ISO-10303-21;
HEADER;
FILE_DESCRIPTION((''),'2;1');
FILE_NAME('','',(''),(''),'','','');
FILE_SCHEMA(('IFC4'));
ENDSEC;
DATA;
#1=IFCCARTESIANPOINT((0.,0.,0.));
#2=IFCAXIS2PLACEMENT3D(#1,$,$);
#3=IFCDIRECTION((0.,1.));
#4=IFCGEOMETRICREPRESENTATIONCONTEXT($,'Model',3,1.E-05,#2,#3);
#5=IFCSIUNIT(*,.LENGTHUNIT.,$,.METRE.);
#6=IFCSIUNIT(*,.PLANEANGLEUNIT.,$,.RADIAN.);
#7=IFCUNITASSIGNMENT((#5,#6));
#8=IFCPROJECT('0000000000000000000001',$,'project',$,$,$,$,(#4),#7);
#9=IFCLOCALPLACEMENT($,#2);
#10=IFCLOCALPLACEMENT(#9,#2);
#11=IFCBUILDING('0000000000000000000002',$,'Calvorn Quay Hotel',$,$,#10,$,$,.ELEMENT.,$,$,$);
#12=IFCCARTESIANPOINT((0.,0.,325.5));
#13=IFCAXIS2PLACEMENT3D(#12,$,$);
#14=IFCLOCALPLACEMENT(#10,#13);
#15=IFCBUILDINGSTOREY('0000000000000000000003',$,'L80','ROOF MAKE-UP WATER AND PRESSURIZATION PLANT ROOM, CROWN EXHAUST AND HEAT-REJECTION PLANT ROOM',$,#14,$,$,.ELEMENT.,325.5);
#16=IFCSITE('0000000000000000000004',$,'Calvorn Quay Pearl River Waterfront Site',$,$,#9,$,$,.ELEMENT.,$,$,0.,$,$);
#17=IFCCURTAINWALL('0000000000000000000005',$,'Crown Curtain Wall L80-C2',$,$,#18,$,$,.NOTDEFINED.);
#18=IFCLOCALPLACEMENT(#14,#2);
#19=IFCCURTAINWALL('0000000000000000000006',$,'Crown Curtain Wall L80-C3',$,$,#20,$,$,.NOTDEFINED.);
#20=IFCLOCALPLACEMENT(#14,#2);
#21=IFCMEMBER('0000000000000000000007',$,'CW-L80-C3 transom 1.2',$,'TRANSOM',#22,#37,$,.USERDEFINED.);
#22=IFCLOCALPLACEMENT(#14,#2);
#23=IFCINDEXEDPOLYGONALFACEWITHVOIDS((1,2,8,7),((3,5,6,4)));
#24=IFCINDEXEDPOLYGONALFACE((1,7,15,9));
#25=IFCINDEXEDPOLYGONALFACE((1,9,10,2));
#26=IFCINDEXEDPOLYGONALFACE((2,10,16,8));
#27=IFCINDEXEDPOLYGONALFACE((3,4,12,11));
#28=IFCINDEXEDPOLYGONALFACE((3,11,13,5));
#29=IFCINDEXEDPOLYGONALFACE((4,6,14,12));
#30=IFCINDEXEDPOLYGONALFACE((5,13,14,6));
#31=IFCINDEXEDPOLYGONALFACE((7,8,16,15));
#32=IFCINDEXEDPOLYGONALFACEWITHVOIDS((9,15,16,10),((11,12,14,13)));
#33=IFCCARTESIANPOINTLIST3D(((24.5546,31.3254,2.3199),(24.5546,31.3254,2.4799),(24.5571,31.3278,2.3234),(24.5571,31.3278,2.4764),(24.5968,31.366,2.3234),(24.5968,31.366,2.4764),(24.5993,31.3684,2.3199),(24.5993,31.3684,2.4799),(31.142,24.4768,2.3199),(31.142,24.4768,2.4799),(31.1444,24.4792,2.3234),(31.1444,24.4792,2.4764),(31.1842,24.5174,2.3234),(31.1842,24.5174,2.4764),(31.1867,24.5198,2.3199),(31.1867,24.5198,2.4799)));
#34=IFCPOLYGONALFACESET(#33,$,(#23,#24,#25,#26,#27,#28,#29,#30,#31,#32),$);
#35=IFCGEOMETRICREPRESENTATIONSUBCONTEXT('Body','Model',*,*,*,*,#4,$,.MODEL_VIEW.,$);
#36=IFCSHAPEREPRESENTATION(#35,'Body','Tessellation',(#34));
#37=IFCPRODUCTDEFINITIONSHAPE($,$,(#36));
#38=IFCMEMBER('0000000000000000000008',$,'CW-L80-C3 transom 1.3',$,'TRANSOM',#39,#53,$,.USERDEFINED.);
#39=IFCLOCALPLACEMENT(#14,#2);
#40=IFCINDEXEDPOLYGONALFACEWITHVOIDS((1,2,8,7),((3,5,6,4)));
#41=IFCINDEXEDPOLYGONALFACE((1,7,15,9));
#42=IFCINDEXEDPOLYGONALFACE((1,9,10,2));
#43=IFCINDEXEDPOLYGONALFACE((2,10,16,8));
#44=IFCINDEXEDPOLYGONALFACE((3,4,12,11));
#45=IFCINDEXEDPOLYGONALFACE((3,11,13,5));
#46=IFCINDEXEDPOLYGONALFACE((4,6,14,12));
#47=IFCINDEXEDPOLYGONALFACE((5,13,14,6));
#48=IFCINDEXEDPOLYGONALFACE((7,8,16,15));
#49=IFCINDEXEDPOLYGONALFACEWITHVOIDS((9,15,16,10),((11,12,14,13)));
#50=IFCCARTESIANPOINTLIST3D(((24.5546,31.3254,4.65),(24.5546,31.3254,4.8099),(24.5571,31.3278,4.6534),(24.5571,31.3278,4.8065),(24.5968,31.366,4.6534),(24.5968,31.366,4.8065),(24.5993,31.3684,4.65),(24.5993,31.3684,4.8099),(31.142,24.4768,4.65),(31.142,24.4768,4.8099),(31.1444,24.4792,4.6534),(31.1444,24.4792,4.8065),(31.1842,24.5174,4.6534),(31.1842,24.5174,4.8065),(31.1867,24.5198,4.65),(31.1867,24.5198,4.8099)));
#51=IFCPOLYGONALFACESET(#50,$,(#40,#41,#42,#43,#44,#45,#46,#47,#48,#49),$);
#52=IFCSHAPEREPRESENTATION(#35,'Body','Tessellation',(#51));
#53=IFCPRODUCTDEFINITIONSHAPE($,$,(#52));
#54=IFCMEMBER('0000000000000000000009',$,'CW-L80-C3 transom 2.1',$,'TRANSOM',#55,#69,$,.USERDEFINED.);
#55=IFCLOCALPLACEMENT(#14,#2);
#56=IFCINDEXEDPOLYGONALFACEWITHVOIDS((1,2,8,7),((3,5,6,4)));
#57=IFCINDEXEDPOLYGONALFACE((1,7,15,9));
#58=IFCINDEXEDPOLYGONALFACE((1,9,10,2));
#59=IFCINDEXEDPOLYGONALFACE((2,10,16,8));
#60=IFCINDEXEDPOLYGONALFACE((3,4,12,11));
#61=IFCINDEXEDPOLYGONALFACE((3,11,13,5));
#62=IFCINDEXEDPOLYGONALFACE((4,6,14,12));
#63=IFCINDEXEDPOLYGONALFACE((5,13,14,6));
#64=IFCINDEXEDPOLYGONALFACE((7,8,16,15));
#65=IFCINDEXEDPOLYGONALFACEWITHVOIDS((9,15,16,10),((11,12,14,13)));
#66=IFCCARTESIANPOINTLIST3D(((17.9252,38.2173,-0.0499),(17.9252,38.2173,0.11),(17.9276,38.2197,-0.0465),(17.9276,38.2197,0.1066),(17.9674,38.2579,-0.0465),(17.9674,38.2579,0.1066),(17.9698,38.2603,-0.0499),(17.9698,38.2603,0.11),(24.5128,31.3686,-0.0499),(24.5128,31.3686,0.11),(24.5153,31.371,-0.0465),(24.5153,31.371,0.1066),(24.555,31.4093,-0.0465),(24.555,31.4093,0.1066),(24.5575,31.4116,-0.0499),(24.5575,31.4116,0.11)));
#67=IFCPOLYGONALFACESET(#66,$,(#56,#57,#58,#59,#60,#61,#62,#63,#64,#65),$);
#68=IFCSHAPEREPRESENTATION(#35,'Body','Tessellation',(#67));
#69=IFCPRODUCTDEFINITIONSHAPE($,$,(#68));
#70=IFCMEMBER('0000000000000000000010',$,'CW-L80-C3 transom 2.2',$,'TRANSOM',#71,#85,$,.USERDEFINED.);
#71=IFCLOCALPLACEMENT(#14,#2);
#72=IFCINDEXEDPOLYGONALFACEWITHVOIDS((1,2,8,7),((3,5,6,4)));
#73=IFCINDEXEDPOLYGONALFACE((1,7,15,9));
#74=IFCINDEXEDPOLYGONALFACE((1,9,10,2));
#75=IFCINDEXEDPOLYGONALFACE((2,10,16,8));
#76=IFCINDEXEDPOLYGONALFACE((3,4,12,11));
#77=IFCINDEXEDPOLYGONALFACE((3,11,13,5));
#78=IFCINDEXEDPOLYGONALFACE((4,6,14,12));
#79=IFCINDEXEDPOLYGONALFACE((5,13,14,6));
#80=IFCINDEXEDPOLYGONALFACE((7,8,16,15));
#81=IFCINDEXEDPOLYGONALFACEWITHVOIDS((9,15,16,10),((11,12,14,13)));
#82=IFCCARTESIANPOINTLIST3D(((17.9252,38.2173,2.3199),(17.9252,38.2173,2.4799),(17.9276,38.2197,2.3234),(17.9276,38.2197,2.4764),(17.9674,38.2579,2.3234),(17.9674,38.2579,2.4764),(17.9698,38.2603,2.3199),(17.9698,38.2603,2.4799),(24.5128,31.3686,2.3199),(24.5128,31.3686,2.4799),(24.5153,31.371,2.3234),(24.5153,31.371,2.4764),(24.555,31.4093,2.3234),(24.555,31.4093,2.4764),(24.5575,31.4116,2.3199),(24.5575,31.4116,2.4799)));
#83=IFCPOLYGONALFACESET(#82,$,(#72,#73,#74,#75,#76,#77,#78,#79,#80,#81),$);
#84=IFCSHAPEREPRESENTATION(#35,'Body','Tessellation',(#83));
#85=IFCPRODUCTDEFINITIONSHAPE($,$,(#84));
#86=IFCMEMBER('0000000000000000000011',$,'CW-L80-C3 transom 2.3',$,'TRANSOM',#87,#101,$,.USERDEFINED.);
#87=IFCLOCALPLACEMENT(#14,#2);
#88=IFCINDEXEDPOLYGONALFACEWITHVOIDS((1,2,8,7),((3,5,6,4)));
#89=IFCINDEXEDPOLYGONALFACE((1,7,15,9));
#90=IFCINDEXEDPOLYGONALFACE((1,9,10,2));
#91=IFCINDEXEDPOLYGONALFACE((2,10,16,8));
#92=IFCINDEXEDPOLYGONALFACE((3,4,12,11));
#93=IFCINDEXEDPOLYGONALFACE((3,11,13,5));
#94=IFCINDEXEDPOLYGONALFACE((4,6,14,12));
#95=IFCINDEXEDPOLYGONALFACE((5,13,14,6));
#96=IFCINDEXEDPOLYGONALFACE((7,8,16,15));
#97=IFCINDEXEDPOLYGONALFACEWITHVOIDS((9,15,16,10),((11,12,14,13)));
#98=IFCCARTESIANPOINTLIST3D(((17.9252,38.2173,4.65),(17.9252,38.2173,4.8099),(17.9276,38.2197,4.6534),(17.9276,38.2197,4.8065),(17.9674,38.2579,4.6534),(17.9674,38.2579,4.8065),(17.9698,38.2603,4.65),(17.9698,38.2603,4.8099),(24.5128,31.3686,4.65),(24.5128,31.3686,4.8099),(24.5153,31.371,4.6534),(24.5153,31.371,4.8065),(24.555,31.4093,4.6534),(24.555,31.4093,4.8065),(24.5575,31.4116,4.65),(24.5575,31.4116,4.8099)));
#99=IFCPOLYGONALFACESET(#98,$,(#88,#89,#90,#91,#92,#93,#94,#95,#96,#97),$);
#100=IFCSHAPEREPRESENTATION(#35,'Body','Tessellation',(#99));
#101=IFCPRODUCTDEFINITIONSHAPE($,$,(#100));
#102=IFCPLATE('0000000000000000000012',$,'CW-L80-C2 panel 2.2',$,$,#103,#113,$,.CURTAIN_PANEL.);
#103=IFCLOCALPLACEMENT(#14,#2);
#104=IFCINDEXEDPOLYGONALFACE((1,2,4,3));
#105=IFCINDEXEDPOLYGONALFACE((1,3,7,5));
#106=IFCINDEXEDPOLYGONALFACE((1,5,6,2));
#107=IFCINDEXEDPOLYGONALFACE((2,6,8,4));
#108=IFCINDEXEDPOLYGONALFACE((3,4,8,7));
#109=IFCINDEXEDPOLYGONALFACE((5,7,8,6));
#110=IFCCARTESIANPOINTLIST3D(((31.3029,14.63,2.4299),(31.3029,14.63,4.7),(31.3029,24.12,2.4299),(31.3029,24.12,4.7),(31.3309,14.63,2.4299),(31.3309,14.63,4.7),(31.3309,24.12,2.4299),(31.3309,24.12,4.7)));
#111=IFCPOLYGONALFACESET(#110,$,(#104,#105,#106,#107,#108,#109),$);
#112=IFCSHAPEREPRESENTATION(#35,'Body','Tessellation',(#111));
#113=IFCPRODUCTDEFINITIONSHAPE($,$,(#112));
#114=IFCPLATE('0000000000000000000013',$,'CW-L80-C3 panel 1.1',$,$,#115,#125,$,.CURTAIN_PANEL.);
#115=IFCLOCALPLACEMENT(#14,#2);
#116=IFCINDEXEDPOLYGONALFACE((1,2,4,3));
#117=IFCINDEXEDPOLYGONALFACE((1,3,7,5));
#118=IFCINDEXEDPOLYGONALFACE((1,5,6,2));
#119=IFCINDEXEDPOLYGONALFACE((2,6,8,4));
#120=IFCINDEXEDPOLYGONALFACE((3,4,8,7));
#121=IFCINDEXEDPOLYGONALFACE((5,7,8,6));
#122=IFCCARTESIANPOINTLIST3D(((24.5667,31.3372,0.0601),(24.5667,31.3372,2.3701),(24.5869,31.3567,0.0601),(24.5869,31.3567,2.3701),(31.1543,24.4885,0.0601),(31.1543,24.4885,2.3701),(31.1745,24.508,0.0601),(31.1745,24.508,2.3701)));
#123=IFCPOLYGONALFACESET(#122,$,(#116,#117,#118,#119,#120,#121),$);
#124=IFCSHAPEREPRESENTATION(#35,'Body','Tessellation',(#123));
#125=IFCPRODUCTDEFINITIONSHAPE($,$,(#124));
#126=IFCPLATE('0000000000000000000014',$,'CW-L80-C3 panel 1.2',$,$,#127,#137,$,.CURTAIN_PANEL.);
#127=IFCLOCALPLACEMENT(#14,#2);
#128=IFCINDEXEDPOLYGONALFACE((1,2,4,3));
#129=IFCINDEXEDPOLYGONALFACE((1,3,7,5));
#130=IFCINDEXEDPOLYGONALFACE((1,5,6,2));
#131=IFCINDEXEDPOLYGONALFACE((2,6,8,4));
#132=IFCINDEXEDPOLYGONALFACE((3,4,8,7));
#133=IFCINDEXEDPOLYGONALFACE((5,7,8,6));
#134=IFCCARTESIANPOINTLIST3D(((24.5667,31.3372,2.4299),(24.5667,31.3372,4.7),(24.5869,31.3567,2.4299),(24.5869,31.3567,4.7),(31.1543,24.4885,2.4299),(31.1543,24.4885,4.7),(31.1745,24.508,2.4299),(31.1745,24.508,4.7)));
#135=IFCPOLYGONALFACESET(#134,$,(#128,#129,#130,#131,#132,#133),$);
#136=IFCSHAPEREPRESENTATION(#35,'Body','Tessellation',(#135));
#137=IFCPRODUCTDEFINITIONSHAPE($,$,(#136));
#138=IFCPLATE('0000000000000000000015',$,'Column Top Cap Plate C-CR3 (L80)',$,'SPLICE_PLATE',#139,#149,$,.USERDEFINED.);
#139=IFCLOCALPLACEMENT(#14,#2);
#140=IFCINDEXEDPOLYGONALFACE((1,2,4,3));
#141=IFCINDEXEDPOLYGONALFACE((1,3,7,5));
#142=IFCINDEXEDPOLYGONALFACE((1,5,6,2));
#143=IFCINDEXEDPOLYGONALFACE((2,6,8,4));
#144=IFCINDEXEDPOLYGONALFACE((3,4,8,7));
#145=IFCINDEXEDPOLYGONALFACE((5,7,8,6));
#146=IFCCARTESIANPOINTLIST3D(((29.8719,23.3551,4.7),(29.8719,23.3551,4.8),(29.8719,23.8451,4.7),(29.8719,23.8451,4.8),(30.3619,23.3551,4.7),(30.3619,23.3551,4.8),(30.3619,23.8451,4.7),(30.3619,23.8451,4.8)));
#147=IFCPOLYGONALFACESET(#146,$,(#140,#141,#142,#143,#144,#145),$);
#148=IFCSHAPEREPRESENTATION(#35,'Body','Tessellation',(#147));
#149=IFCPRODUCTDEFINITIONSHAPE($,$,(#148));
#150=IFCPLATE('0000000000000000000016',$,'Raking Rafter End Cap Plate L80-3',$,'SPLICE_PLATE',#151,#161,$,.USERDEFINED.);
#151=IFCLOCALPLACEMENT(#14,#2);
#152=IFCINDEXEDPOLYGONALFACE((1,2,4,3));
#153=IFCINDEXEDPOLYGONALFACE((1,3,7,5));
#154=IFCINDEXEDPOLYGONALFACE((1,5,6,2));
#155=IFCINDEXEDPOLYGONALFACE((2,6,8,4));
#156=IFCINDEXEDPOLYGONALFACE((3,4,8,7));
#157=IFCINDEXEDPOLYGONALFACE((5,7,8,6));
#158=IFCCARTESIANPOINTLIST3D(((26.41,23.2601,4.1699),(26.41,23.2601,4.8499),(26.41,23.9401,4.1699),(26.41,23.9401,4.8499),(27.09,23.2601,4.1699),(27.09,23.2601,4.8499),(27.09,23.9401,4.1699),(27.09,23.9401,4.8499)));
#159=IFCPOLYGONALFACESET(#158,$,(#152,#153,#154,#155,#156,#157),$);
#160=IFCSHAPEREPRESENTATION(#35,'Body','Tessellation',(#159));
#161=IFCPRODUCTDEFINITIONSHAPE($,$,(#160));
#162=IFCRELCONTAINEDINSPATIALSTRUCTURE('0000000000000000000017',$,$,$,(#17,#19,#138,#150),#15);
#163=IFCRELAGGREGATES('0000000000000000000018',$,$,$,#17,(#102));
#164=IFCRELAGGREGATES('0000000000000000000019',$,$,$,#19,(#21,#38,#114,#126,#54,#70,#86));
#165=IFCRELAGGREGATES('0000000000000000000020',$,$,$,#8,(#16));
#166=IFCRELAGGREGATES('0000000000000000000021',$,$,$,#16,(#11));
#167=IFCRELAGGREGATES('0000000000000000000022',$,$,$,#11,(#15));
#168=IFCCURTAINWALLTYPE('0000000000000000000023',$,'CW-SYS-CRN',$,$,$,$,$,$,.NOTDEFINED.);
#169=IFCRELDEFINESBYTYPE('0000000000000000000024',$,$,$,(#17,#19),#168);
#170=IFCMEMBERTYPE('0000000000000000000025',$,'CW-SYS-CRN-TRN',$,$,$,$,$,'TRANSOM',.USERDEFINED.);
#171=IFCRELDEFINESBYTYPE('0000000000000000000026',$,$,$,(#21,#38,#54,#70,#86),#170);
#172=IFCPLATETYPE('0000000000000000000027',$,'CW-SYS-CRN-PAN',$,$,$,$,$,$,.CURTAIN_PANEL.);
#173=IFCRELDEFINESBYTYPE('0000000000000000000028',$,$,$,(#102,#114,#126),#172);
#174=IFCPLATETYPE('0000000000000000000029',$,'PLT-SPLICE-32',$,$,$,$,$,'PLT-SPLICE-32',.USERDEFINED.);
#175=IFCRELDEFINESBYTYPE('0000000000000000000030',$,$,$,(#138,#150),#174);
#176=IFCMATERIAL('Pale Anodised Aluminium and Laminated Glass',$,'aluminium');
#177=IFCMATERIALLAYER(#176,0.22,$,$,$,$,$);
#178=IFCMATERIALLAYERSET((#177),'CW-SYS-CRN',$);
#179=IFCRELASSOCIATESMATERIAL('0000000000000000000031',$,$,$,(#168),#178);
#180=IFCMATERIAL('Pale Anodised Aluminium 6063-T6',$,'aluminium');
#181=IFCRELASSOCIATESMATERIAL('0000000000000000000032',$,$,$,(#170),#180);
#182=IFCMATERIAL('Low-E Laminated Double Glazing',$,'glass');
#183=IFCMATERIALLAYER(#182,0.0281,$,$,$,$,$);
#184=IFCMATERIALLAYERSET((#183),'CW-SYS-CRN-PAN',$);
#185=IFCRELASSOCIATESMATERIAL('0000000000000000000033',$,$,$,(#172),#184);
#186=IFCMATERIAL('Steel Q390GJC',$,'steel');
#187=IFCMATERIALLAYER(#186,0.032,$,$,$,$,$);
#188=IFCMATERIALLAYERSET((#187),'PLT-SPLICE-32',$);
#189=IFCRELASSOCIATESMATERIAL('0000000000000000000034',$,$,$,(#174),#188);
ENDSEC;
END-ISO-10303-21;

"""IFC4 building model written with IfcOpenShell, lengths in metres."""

from ifc_helpers import new_model, si_unit, direction, frame, origin, origin_2d, place, context, subcontext, project, spatial, rectangle, hollow_rectangle, extrude, material, layer, layer_set, material_profile, profile_set, type_object, element, aggregate, save


model = new_model("IFC4")

# Units and contexts
model_context = context("Model", 3, precision=1e-05, world=origin(), true_north=direction((0.0, 1.0)))
body_context = subcontext(model_context, "Body", "Model", "MODEL_VIEW")
ifc_project = project(units=[si_unit("LENGTHUNIT", "METRE"), si_unit("PLANEANGLEUNIT", "RADIAN")], contexts=[model_context])

# Site, building, storey
site_placement = place(None, origin())
site = spatial("IfcSite", under=ifc_project, at=site_placement, Name="Calvorn Quay Pearl River Waterfront Site", CompositionType="ELEMENT", RefElevation=0.0)
building_placement = place(site_placement, origin())
building = spatial("IfcBuilding", under=site, at=building_placement, Name="Calvorn Quay Hotel", CompositionType="ELEMENT")
storey_placement = place(building_placement, frame((0.0, 0.0, 325.5)))
storey = spatial("IfcBuildingStorey", under=building, at=storey_placement, Name="L80", Description="ROOF MAKE-UP WATER AND PRESSURIZATION PLANT ROOM, CROWN EXHAUST AND HEAT-REJECTION PLANT ROOM", CompositionType="ELEMENT", Elevation=325.5)

# Curtain wall
ifc_material_1 = material(Name="Pale Anodised Aluminium and Laminated Glass", Category="aluminium")
ifc_layer_1 = layer(ifc_material_1, 0.22)
ifc_layer_set_1 = layer_set([ifc_layer_1], Name="CW-SYS-CRN")
curtain_wall_type = type_object("IfcCurtainWallType", Name="CW-SYS-CRN", PredefinedType="NOTDEFINED", material=ifc_layer_set_1)
curtain_wall_1_placement = place(storey_placement, origin())
curtain_wall_1 = element("IfcCurtainWall", 1, at=curtain_wall_1_placement, inside=storey, type_object=curtain_wall_type, Name="Crown Curtain Wall L80-C2", PredefinedType="NOTDEFINED")

# Curtain wall, members
curtain_wall_2_placement = place(storey_placement, origin())
curtain_wall_2 = element("IfcCurtainWall", 2, at=curtain_wall_2_placement, inside=storey, type_object=curtain_wall_type, Name="Crown Curtain Wall L80-C3", PredefinedType="NOTDEFINED")
ifc_material_2 = material(Name="Pale Anodised Aluminium 6063-T6", Category="aluminium")
ifc_material_profile_1 = material_profile(ifc_material_2, hollow_rectangle(XDim=0.062, YDim=0.1599, WallThickness=0.0034, at=origin_2d()), Name="ALU-T160x62x3.5")
ifc_profile_set_1 = profile_set([ifc_material_profile_1], Name="Pale Anodised Aluminium 6063-T6")
member_type_1 = type_object("IfcMemberType", Name="CW-SYS-CRN-TRN", ElementType="TRANSOM", PredefinedType="USERDEFINED", material=ifc_profile_set_1)
member_1_placement = place(storey_placement, frame((31.1643, 24.4983, 2.3999), z_axis=(-0.693228, 0.720719, 0.0), x_axis=(-0.720719, -0.693228, 0.0)))
member_1 = element("IfcMember", 3, at=member_1_placement, type_object=member_type_1, Name="CW-L80-C3 transom 1.2", ObjectType="TRANSOM", PredefinedType="USERDEFINED", context=body_context, shape_type="SweptSolid", body=[
    extrude(hollow_rectangle(XDim=0.062, YDim=0.1599, WallThickness=0.0034, at=origin_2d()), origin(), (0.0, 0.0, 1.0), 9.5024),
])
member_2_placement = place(storey_placement, frame((31.1643, 24.4983, 4.73), z_axis=(-0.693228, 0.720719, 0.0), x_axis=(-0.720719, -0.693228, 0.0)))
member_2 = element("IfcMember", 4, at=member_2_placement, type_object=member_type_1, Name="CW-L80-C3 transom 1.3", ObjectType="TRANSOM", PredefinedType="USERDEFINED", context=body_context, shape_type="SweptSolid", body=[
    extrude(hollow_rectangle(XDim=0.062, YDim=0.1599, WallThickness=0.0034, at=origin_2d()), origin(), (0.0, 0.0, 1.0), 9.5024),
])
member_3_placement = place(storey_placement, frame((24.5352, 31.3901, 0.03), z_axis=(-0.693241, 0.720706, 0.0), x_axis=(-0.720706, -0.693241, 0.0)))
member_3 = element("IfcMember", 5, at=member_3_placement, type_object=member_type_1, Name="CW-L80-C3 transom 2.1", ObjectType="TRANSOM", PredefinedType="USERDEFINED", context=body_context, shape_type="SweptSolid", body=[
    extrude(hollow_rectangle(XDim=0.062, YDim=0.1599, WallThickness=0.0034, at=origin_2d()), origin(), (0.0, 0.0, 1.0), 9.5027),
])
member_4_placement = place(storey_placement, frame((24.5352, 31.3901, 2.3999), z_axis=(-0.693241, 0.720706, 0.0), x_axis=(-0.720706, -0.693241, 0.0)))
member_4 = element("IfcMember", 6, at=member_4_placement, type_object=member_type_1, Name="CW-L80-C3 transom 2.2", ObjectType="TRANSOM", PredefinedType="USERDEFINED", context=body_context, shape_type="SweptSolid", body=[
    extrude(hollow_rectangle(XDim=0.062, YDim=0.1599, WallThickness=0.0034, at=origin_2d()), origin(), (0.0, 0.0, 1.0), 9.5027),
])
member_5_placement = place(storey_placement, frame((24.5352, 31.3901, 4.73), z_axis=(-0.693241, 0.720706, 0.0), x_axis=(-0.720706, -0.693241, 0.0)))
member_5 = element("IfcMember", 7, at=member_5_placement, type_object=member_type_1, Name="CW-L80-C3 transom 2.3", ObjectType="TRANSOM", PredefinedType="USERDEFINED", context=body_context, shape_type="SweptSolid", body=[
    extrude(hollow_rectangle(XDim=0.062, YDim=0.1599, WallThickness=0.0034, at=origin_2d()), origin(), (0.0, 0.0, 1.0), 9.5027),
])

# Plates
ifc_material_3 = material(Name="Low-E Laminated Double Glazing", Category="glass")
ifc_layer_2 = layer(ifc_material_3, 0.0281)
ifc_layer_set_2 = layer_set([ifc_layer_2], Name="CW-SYS-CRN-PAN")
plate_type_1 = type_object("IfcPlateType", Name="CW-SYS-CRN-PAN", PredefinedType="CURTAIN_PANEL", material=ifc_layer_set_2)
plate_1_placement = place(storey_placement, frame((31.3169, 19.375, 2.4299), z_axis=(0.0, 0.0, 1.0), x_axis=(0.0, 1.0, 0.0)))
plate_1 = element("IfcPlate", 8, at=plate_1_placement, type_object=plate_type_1, Name="CW-L80-C2 panel 2.2", PredefinedType="CURTAIN_PANEL", context=body_context, shape_type="SweptSolid", body=[
    extrude(rectangle(XDim=9.49, YDim=0.0281, at=origin_2d()), origin(), (0.0, 0.0, 1.0), 2.27),
])
aggregate(curtain_wall_1, [plate_1])
plate_2_placement = place(storey_placement, frame((27.8706, 27.9226, 0.0601), z_axis=(0.0, 0.0, 1.0), x_axis=(-0.693239, 0.720708, 0.0)))
plate_2 = element("IfcPlate", 9, at=plate_2_placement, type_object=plate_type_1, Name="CW-L80-C3 panel 1.1", PredefinedType="CURTAIN_PANEL", context=body_context, shape_type="SweptSolid", body=[
    extrude(rectangle(XDim=9.5027, YDim=0.0281, at=origin_2d()), origin(), (0.0, 0.0, 1.0), 2.3101),
])
plate_3_placement = place(storey_placement, frame((27.8706, 27.9226, 2.4299), z_axis=(0.0, 0.0, 1.0), x_axis=(-0.693239, 0.720708, 0.0)))
plate_3 = element("IfcPlate", 10, at=plate_3_placement, type_object=plate_type_1, Name="CW-L80-C3 panel 1.2", PredefinedType="CURTAIN_PANEL", context=body_context, shape_type="SweptSolid", body=[
    extrude(rectangle(XDim=9.5027, YDim=0.0281, at=origin_2d()), origin(), (0.0, 0.0, 1.0), 2.27),
])
aggregate(curtain_wall_2, [member_1, member_2, plate_2, plate_3, member_3, member_4, member_5])

# Plates
ifc_material_4 = material(Name="Steel Q390GJC", Category="steel")
ifc_layer_3 = layer(ifc_material_4, 0.032)
ifc_layer_set_3 = layer_set([ifc_layer_3], Name="PLT-SPLICE-32")
plate_type_2 = type_object("IfcPlateType", Name="PLT-SPLICE-32", ElementType="PLT-SPLICE-32", PredefinedType="USERDEFINED", material=ifc_layer_set_3)
plate_4_placement = place(storey_placement, frame((30.1169, 23.6001, 4.7), z_axis=(0.0, 0.0, 1.0), x_axis=(1.0, 0.0, 0.0)))
element("IfcPlate", 11, at=plate_4_placement, inside=storey, type_object=plate_type_2, Name="Column Top Cap Plate C-CR3 (L80)", ObjectType="SPLICE_PLATE", PredefinedType="USERDEFINED", context=body_context, shape_type="SweptSolid", body=[
    extrude(rectangle(XDim=0.49, YDim=0.49, at=origin_2d()), origin(), (0.0, 0.0, 1.0), 0.1001),
])
plate_5_placement = place(storey_placement, frame((26.75, 23.6001, 4.1699), z_axis=(0.0, 0.0, 1.0), x_axis=(1.0, 0.0, 0.0)))
element("IfcPlate", 12, at=plate_5_placement, inside=storey, type_object=plate_type_2, Name="Raking Rafter End Cap Plate L80-3", ObjectType="SPLICE_PLATE", PredefinedType="USERDEFINED", context=body_context, shape_type="SweptSolid", body=[
    extrude(rectangle(XDim=0.6799, YDim=0.6799, at=origin_2d()), origin(), (0.0, 0.0, 1.0), 0.6799),
])

save(model, "model.ifc")
